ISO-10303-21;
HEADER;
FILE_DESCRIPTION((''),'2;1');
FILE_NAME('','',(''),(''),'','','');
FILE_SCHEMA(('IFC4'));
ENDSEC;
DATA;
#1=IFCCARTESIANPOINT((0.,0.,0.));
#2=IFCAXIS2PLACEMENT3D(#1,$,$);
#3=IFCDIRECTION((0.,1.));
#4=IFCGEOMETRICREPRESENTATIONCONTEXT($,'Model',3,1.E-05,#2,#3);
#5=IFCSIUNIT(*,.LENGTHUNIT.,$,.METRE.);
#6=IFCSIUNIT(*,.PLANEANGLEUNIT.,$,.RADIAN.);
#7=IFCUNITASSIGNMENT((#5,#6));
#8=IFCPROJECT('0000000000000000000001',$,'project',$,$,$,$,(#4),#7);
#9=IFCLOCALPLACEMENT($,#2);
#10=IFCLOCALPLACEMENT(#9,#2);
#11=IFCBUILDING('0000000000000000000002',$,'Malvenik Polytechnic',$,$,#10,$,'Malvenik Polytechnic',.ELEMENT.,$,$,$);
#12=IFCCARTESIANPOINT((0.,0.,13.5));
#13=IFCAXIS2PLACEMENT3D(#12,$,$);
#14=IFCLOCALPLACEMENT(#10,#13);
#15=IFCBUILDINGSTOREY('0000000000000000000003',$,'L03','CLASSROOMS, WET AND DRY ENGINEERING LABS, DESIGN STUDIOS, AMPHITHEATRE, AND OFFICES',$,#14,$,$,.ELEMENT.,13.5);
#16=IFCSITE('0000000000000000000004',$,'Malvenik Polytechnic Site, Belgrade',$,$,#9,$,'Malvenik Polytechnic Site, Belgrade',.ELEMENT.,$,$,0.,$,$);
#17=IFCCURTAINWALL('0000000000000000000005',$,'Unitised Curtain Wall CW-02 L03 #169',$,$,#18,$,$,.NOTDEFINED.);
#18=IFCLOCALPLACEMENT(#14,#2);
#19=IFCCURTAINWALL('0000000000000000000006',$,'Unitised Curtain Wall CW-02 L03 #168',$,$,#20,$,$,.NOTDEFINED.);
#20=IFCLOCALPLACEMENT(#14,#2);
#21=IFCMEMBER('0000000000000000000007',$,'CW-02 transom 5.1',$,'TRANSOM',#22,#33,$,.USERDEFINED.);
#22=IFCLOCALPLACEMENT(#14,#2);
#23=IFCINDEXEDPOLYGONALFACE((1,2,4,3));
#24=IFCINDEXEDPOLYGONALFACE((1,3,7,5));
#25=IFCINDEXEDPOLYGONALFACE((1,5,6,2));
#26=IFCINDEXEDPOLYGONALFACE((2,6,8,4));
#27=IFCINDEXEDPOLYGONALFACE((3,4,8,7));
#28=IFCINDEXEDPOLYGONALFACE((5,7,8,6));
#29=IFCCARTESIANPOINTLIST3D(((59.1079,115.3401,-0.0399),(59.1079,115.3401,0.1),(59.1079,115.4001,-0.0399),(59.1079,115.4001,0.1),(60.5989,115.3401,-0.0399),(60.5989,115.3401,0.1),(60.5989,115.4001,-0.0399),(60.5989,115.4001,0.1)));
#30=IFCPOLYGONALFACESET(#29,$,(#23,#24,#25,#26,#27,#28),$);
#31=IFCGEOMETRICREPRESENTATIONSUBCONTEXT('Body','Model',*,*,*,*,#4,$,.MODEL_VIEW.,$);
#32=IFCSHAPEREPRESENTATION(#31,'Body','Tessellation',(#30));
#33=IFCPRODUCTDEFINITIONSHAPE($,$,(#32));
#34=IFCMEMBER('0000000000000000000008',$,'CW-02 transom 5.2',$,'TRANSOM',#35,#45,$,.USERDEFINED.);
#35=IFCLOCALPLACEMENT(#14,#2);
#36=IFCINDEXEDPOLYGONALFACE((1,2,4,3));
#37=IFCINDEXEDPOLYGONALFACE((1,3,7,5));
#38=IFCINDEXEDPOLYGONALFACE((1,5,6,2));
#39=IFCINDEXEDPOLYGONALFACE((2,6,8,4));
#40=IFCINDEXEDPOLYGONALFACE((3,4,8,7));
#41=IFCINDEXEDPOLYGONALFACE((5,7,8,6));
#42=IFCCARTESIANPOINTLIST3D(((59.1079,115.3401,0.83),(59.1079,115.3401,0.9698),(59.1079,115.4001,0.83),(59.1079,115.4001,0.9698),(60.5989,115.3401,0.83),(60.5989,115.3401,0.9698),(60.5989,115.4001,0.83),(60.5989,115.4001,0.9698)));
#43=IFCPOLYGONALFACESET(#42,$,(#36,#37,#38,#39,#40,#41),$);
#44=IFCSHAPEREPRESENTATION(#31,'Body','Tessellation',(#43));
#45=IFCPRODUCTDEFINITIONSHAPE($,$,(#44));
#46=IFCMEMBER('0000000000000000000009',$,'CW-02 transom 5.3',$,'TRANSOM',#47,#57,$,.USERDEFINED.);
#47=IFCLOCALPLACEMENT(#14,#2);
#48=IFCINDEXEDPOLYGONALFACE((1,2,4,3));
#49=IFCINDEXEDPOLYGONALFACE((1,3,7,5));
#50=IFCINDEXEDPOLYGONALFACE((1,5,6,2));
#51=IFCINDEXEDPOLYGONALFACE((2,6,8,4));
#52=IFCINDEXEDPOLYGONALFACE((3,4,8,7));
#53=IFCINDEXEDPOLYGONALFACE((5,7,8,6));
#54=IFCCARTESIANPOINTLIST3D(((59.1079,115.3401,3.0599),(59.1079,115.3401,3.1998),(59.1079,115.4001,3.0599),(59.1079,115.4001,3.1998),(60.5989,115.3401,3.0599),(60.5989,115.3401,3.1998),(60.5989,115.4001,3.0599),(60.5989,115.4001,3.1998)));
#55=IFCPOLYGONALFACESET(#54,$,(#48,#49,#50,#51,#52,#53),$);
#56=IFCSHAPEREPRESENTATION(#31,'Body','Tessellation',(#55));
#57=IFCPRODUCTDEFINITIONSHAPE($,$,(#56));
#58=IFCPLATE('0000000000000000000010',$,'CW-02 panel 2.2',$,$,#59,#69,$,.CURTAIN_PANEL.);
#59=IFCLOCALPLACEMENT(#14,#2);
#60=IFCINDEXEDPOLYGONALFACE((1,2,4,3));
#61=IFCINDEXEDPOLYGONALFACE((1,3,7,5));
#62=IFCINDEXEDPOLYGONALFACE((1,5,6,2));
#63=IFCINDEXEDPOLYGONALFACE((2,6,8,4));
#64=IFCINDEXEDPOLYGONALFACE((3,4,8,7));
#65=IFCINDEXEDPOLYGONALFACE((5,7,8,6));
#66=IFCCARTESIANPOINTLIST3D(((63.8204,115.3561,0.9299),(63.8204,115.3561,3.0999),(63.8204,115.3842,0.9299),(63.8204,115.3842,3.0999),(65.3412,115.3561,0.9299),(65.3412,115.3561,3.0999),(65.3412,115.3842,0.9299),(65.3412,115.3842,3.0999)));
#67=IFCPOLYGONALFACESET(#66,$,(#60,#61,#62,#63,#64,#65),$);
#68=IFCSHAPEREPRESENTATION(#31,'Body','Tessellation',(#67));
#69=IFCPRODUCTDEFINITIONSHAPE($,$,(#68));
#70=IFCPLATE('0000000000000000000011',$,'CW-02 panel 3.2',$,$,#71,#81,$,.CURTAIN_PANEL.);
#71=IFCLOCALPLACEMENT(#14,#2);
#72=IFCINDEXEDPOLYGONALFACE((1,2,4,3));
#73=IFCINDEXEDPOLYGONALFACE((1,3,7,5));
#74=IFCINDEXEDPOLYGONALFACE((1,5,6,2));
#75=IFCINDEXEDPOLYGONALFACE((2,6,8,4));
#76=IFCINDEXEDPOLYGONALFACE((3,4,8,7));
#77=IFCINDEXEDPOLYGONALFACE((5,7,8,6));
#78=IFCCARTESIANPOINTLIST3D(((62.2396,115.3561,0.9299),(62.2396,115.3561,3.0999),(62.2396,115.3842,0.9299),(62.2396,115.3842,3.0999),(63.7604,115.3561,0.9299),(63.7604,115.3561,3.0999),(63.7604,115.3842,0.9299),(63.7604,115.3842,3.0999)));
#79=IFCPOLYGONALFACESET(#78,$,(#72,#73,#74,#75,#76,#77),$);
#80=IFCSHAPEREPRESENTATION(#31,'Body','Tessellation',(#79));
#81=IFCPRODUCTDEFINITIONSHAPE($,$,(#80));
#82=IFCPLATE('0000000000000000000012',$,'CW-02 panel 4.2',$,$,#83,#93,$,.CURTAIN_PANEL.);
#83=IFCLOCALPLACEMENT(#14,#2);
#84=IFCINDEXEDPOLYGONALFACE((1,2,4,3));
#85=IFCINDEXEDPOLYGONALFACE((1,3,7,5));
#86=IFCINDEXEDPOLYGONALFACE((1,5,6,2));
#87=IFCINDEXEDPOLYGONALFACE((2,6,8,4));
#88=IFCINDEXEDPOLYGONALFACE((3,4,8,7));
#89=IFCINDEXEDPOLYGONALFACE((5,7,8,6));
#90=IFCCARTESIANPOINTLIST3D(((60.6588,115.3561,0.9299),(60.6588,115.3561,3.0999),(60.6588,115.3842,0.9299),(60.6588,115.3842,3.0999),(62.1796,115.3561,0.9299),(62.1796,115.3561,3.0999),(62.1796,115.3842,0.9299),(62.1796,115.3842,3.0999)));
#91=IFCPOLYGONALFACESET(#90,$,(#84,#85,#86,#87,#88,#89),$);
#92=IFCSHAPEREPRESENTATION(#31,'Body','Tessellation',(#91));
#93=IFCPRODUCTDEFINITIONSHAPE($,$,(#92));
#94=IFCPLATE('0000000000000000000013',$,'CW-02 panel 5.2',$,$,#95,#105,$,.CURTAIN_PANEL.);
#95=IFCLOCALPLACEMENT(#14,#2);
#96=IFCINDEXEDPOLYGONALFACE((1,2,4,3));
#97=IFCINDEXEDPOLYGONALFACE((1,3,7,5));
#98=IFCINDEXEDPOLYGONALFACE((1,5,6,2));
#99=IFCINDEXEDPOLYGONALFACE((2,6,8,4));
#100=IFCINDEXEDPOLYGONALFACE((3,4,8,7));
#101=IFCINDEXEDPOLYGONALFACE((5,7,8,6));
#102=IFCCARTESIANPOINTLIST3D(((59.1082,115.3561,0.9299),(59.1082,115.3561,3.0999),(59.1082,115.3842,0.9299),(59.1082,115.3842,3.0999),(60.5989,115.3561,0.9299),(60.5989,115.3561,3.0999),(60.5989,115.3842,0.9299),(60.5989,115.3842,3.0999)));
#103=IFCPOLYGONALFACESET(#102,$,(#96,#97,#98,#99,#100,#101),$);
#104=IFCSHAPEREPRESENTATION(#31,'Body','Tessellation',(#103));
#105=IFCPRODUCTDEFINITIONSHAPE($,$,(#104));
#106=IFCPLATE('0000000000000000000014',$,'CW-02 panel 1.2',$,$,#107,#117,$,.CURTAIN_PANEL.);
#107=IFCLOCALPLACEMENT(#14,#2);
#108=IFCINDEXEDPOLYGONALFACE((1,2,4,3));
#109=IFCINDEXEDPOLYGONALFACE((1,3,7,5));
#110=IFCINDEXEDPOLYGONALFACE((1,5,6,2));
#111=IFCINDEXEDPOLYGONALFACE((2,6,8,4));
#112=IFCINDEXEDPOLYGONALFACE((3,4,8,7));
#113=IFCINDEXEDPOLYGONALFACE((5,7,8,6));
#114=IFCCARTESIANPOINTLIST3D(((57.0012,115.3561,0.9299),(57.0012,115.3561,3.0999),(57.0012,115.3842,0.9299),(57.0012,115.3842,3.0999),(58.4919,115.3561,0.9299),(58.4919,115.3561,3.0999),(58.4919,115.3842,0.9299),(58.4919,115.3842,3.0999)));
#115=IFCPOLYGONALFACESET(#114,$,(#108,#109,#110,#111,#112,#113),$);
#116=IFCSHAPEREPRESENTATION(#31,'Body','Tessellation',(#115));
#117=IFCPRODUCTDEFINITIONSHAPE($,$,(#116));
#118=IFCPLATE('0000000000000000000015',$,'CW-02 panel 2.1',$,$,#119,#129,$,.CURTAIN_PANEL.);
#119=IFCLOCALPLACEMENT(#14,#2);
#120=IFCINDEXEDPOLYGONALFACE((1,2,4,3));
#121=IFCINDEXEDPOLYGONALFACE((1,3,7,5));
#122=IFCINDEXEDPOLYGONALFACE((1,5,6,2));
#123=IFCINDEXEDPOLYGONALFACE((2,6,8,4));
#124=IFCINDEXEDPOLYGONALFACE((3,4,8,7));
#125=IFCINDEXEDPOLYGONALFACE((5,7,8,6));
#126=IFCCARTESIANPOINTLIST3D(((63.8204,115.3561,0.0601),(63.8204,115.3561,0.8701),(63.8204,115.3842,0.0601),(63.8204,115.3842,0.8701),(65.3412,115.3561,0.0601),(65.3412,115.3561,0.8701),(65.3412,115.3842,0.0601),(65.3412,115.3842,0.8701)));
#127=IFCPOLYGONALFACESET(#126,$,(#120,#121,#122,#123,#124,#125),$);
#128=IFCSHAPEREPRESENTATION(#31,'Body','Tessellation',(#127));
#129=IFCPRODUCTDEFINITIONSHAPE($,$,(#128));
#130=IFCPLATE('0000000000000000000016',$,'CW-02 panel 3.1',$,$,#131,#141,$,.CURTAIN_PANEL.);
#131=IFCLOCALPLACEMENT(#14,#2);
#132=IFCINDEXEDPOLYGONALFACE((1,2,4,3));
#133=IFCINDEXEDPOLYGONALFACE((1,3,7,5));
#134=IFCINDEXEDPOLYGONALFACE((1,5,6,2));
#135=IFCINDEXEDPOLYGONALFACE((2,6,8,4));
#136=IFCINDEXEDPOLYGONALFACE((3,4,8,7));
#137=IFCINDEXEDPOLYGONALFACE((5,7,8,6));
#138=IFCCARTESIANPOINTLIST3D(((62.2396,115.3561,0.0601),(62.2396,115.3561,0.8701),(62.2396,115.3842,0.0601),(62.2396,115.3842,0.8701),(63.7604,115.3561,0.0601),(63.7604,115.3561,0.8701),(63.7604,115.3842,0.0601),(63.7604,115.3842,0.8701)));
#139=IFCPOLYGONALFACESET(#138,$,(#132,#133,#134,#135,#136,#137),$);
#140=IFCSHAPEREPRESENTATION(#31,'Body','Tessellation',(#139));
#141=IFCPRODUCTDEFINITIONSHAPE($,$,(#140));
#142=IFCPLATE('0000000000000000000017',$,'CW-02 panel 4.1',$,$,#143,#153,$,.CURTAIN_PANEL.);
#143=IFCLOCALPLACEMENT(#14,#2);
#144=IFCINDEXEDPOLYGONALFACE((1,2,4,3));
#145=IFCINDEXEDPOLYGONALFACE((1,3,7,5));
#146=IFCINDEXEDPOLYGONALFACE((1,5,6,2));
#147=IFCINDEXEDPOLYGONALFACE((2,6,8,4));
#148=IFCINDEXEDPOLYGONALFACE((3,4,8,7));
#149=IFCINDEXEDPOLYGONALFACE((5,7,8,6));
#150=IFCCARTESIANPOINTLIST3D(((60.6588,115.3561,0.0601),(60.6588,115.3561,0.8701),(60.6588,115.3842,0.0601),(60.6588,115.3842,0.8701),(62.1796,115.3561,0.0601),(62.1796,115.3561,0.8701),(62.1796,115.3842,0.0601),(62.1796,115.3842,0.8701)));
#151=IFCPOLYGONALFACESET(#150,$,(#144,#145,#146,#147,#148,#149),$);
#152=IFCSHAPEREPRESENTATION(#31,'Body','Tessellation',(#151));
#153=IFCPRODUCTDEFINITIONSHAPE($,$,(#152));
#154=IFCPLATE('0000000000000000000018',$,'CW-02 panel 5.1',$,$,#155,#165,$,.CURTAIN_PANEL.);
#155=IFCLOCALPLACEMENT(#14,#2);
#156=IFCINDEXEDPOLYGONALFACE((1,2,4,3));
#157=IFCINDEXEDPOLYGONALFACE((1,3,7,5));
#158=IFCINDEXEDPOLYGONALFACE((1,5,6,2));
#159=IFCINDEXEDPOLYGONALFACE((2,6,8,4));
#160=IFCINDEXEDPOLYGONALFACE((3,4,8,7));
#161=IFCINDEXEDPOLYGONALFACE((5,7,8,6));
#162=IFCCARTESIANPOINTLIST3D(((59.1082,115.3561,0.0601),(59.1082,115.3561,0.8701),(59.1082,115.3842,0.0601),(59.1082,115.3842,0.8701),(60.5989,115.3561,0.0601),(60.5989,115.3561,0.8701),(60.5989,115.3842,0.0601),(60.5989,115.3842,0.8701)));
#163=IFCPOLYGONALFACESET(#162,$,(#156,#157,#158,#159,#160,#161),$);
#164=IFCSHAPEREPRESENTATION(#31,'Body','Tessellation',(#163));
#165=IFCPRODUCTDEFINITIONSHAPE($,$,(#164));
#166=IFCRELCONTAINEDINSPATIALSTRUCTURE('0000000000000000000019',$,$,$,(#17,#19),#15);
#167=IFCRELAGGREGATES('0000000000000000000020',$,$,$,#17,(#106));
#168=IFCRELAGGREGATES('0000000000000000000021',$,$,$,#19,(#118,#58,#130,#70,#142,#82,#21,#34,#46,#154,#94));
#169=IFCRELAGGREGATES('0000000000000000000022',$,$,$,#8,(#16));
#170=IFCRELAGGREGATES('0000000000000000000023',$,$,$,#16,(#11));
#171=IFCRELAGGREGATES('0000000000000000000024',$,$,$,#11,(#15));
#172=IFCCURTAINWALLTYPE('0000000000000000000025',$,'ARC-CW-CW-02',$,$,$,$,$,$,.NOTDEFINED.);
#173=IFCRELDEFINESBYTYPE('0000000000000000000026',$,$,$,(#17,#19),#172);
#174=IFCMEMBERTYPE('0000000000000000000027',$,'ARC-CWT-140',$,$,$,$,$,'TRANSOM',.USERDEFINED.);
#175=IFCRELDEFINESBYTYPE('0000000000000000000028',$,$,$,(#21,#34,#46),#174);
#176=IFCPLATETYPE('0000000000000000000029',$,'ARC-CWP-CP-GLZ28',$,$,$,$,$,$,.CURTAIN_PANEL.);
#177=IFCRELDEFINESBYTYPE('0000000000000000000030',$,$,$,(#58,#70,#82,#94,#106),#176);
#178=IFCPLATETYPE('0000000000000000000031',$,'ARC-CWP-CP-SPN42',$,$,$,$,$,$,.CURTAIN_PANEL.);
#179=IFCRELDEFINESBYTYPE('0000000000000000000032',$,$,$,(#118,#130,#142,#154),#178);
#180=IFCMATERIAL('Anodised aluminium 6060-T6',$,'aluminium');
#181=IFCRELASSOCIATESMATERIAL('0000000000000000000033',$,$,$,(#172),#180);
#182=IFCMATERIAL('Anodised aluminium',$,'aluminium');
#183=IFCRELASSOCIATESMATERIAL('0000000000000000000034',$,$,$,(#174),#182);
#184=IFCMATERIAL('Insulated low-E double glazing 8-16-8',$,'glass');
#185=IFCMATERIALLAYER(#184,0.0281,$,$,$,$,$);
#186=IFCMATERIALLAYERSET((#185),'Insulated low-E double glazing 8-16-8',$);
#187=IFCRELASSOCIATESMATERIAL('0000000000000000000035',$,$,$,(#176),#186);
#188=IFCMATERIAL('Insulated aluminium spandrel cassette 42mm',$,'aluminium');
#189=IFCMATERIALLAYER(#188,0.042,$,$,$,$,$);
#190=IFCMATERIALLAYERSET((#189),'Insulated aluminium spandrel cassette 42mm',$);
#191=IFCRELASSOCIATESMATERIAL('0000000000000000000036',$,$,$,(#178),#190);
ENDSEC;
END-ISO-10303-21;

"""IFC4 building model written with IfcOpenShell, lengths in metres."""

from ifc_helpers import new_model, si_unit, direction, frame, origin, origin_2d, place, context, subcontext, project, spatial, rectangle, extrude, material, layer, layer_set, material_profile, profile_set, type_object, element, aggregate, save


model = new_model("IFC4")

# Units and contexts
model_context = context("Model", 3, precision=1e-05, world=origin(), true_north=direction((0.0, 1.0)))
body_context = subcontext(model_context, "Body", "Model", "MODEL_VIEW")
ifc_project = project(units=[si_unit("LENGTHUNIT", "METRE"), si_unit("PLANEANGLEUNIT", "RADIAN")], contexts=[model_context])

# Site, building, storey
site_placement = place(None, origin())
site = spatial("IfcSite", under=ifc_project, at=site_placement, Name="Malvenik Polytechnic Site, Belgrade", LongName="Malvenik Polytechnic Site, Belgrade", CompositionType="ELEMENT", RefElevation=0.0)
building_placement = place(site_placement, origin())
building = spatial("IfcBuilding", under=site, at=building_placement, Name="Malvenik Polytechnic", LongName="Malvenik Polytechnic", CompositionType="ELEMENT")
storey_placement = place(building_placement, frame((0.0, 0.0, 13.5)))
storey = spatial("IfcBuildingStorey", under=building, at=storey_placement, Name="L03", Description="CLASSROOMS, WET AND DRY ENGINEERING LABS, DESIGN STUDIOS, AMPHITHEATRE, AND OFFICES", CompositionType="ELEMENT", Elevation=13.5)

# Curtain wall
ifc_material_1 = material(Name="Anodised aluminium 6060-T6", Category="aluminium")
curtain_wall_type = type_object("IfcCurtainWallType", Name="ARC-CW-CW-02", PredefinedType="NOTDEFINED", material=ifc_material_1)
curtain_wall_1_placement = place(storey_placement, origin())
curtain_wall_1 = element("IfcCurtainWall", 1, at=curtain_wall_1_placement, inside=storey, type_object=curtain_wall_type, Name="Unitised Curtain Wall CW-02 L03 #169", PredefinedType="NOTDEFINED")
ifc_material_2 = material(Name="Anodised aluminium", Category="aluminium")

# Curtain wall
curtain_wall_2_placement = place(storey_placement, origin())
curtain_wall_2 = element("IfcCurtainWall", 2, at=curtain_wall_2_placement, inside=storey, type_object=curtain_wall_type, Name="Unitised Curtain Wall CW-02 L03 #168", PredefinedType="NOTDEFINED")

# Members
ifc_material_profile_1 = material_profile(ifc_material_2, rectangle(XDim=0.0601, YDim=0.1399, at=origin_2d()), Name="ALU TRANSOM 60x140")
ifc_profile_set_1 = profile_set([ifc_material_profile_1], Name="Anodised aluminium")
member_type_1 = type_object("IfcMemberType", Name="ARC-CWT-140", ElementType="TRANSOM", PredefinedType="USERDEFINED", material=ifc_profile_set_1)
member_1_placement = place(storey_placement, frame((60.5989, 115.3701, 0.03), z_axis=(-1.0, 0.0, 0.0), x_axis=(0.0, -1.0, 0.0)))
member_1 = element("IfcMember", 3, at=member_1_placement, type_object=member_type_1, Name="CW-02 transom 5.1", ObjectType="TRANSOM", PredefinedType="USERDEFINED", context=body_context, shape_type="SweptSolid", body=[
    extrude(rectangle(XDim=0.0601, YDim=0.1399, at=origin_2d()), origin(), (0.0, 0.0, 1.0), 1.491),
])
member_2_placement = place(storey_placement, frame((60.5989, 115.3701, 0.8999), z_axis=(-1.0, 0.0, 0.0), x_axis=(0.0, -1.0, 0.0)))
member_2 = element("IfcMember", 4, at=member_2_placement, type_object=member_type_1, Name="CW-02 transom 5.2", ObjectType="TRANSOM", PredefinedType="USERDEFINED", context=body_context, shape_type="SweptSolid", body=[
    extrude(rectangle(XDim=0.0601, YDim=0.1399, at=origin_2d()), origin(), (0.0, 0.0, 1.0), 1.491),
])
member_3_placement = place(storey_placement, frame((60.5989, 115.3701, 3.1299), z_axis=(-1.0, 0.0, 0.0), x_axis=(0.0, -1.0, 0.0)))
member_3 = element("IfcMember", 5, at=member_3_placement, type_object=member_type_1, Name="CW-02 transom 5.3", ObjectType="TRANSOM", PredefinedType="USERDEFINED", context=body_context, shape_type="SweptSolid", body=[
    extrude(rectangle(XDim=0.0601, YDim=0.1399, at=origin_2d()), origin(), (0.0, 0.0, 1.0), 1.491),
])

# Plates
ifc_material_3 = material(Name="Insulated low-E double glazing 8-16-8", Category="glass")
ifc_layer_1 = layer(ifc_material_3, 0.0281)
ifc_layer_set_1 = layer_set([ifc_layer_1], Name="Insulated low-E double glazing 8-16-8")
plate_type_1 = type_object("IfcPlateType", Name="ARC-CWP-CP-GLZ28", PredefinedType="CURTAIN_PANEL", material=ifc_layer_set_1)
plate_1_placement = place(storey_placement, frame((64.5808, 115.3701, 0.9299), z_axis=(0.0, 0.0, 1.0), x_axis=(-1.0, 0.0, 0.0)))
plate_1 = element("IfcPlate", 6, at=plate_1_placement, type_object=plate_type_1, Name="CW-02 panel 2.2", PredefinedType="CURTAIN_PANEL", context=body_context, shape_type="SweptSolid", body=[
    extrude(rectangle(XDim=1.5208, YDim=0.0281, at=origin_2d()), origin(), (0.0, 0.0, 1.0), 2.1699),
])
plate_2_placement = place(storey_placement, frame((63.0, 115.3701, 0.9299), z_axis=(0.0, 0.0, 1.0), x_axis=(-1.0, 0.0, 0.0)))
plate_2 = element("IfcPlate", 7, at=plate_2_placement, type_object=plate_type_1, Name="CW-02 panel 3.2", PredefinedType="CURTAIN_PANEL", context=body_context, shape_type="SweptSolid", body=[
    extrude(rectangle(XDim=1.5208, YDim=0.0281, at=origin_2d()), origin(), (0.0, 0.0, 1.0), 2.1699),
])
plate_3_placement = place(storey_placement, frame((61.4192, 115.3701, 0.9299), z_axis=(0.0, 0.0, 1.0), x_axis=(-1.0, 0.0, 0.0)))
plate_3 = element("IfcPlate", 8, at=plate_3_placement, type_object=plate_type_1, Name="CW-02 panel 4.2", PredefinedType="CURTAIN_PANEL", context=body_context, shape_type="SweptSolid", body=[
    extrude(rectangle(XDim=1.5208, YDim=0.0281, at=origin_2d()), origin(), (0.0, 0.0, 1.0), 2.1699),
])
plate_4_placement = place(storey_placement, frame((59.8535, 115.3701, 0.9299), z_axis=(0.0, 0.0, 1.0), x_axis=(-1.0, 0.0, 0.0)))
plate_4 = element("IfcPlate", 9, at=plate_4_placement, type_object=plate_type_1, Name="CW-02 panel 5.2", PredefinedType="CURTAIN_PANEL", context=body_context, shape_type="SweptSolid", body=[
    extrude(rectangle(XDim=1.4907, YDim=0.0281, at=origin_2d()), origin(), (0.0, 0.0, 1.0), 2.1699),
])
plate_5_placement = place(storey_placement, frame((57.7466, 115.3701, 0.9299), z_axis=(0.0, 0.0, 1.0), x_axis=(-1.0, 0.0, 0.0)))
plate_5 = element("IfcPlate", 10, at=plate_5_placement, type_object=plate_type_1, Name="CW-02 panel 1.2", PredefinedType="CURTAIN_PANEL", context=body_context, shape_type="SweptSolid", body=[
    extrude(rectangle(XDim=1.4907, YDim=0.0281, at=origin_2d()), origin(), (0.0, 0.0, 1.0), 2.1699),
])
aggregate(curtain_wall_1, [plate_5])
ifc_material_4 = material(Name="Insulated aluminium spandrel cassette 42mm", Category="aluminium")
ifc_layer_2 = layer(ifc_material_4, 0.042)
ifc_layer_set_2 = layer_set([ifc_layer_2], Name="Insulated aluminium spandrel cassette 42mm")
plate_type_2 = type_object("IfcPlateType", Name="ARC-CWP-CP-SPN42", PredefinedType="CURTAIN_PANEL", material=ifc_layer_set_2)
plate_6_placement = place(storey_placement, frame((64.5808, 115.3701, 0.0601), z_axis=(0.0, 0.0, 1.0), x_axis=(-1.0, 0.0, 0.0)))
plate_6 = element("IfcPlate", 11, at=plate_6_placement, type_object=plate_type_2, Name="CW-02 panel 2.1", PredefinedType="CURTAIN_PANEL", context=body_context, shape_type="SweptSolid", body=[
    extrude(rectangle(XDim=1.5208, YDim=0.0281, at=origin_2d()), origin(), (0.0, 0.0, 1.0), 0.8101),
])
plate_7_placement = place(storey_placement, frame((63.0, 115.3701, 0.0601), z_axis=(0.0, 0.0, 1.0), x_axis=(-1.0, 0.0, 0.0)))
plate_7 = element("IfcPlate", 12, at=plate_7_placement, type_object=plate_type_2, Name="CW-02 panel 3.1", PredefinedType="CURTAIN_PANEL", context=body_context, shape_type="SweptSolid", body=[
    extrude(rectangle(XDim=1.5208, YDim=0.0281, at=origin_2d()), origin(), (0.0, 0.0, 1.0), 0.8101),
])
plate_8_placement = place(storey_placement, frame((61.4192, 115.3701, 0.0601), z_axis=(0.0, 0.0, 1.0), x_axis=(-1.0, 0.0, 0.0)))
plate_8 = element("IfcPlate", 13, at=plate_8_placement, type_object=plate_type_2, Name="CW-02 panel 4.1", PredefinedType="CURTAIN_PANEL", context=body_context, shape_type="SweptSolid", body=[
    extrude(rectangle(XDim=1.5208, YDim=0.0281, at=origin_2d()), origin(), (0.0, 0.0, 1.0), 0.8101),
])
plate_9_placement = place(storey_placement, frame((59.8535, 115.3701, 0.0601), z_axis=(0.0, 0.0, 1.0), x_axis=(-1.0, 0.0, 0.0)))
plate_9 = element("IfcPlate", 14, at=plate_9_placement, type_object=plate_type_2, Name="CW-02 panel 5.1", PredefinedType="CURTAIN_PANEL", context=body_context, shape_type="SweptSolid", body=[
    extrude(rectangle(XDim=1.4907, YDim=0.0281, at=origin_2d()), origin(), (0.0, 0.0, 1.0), 0.8101),
])
aggregate(curtain_wall_2, [plate_6, plate_1, plate_7, plate_2, plate_8, plate_3, member_1, member_2, member_3, plate_9, plate_4])

save(model, "model.ifc")
